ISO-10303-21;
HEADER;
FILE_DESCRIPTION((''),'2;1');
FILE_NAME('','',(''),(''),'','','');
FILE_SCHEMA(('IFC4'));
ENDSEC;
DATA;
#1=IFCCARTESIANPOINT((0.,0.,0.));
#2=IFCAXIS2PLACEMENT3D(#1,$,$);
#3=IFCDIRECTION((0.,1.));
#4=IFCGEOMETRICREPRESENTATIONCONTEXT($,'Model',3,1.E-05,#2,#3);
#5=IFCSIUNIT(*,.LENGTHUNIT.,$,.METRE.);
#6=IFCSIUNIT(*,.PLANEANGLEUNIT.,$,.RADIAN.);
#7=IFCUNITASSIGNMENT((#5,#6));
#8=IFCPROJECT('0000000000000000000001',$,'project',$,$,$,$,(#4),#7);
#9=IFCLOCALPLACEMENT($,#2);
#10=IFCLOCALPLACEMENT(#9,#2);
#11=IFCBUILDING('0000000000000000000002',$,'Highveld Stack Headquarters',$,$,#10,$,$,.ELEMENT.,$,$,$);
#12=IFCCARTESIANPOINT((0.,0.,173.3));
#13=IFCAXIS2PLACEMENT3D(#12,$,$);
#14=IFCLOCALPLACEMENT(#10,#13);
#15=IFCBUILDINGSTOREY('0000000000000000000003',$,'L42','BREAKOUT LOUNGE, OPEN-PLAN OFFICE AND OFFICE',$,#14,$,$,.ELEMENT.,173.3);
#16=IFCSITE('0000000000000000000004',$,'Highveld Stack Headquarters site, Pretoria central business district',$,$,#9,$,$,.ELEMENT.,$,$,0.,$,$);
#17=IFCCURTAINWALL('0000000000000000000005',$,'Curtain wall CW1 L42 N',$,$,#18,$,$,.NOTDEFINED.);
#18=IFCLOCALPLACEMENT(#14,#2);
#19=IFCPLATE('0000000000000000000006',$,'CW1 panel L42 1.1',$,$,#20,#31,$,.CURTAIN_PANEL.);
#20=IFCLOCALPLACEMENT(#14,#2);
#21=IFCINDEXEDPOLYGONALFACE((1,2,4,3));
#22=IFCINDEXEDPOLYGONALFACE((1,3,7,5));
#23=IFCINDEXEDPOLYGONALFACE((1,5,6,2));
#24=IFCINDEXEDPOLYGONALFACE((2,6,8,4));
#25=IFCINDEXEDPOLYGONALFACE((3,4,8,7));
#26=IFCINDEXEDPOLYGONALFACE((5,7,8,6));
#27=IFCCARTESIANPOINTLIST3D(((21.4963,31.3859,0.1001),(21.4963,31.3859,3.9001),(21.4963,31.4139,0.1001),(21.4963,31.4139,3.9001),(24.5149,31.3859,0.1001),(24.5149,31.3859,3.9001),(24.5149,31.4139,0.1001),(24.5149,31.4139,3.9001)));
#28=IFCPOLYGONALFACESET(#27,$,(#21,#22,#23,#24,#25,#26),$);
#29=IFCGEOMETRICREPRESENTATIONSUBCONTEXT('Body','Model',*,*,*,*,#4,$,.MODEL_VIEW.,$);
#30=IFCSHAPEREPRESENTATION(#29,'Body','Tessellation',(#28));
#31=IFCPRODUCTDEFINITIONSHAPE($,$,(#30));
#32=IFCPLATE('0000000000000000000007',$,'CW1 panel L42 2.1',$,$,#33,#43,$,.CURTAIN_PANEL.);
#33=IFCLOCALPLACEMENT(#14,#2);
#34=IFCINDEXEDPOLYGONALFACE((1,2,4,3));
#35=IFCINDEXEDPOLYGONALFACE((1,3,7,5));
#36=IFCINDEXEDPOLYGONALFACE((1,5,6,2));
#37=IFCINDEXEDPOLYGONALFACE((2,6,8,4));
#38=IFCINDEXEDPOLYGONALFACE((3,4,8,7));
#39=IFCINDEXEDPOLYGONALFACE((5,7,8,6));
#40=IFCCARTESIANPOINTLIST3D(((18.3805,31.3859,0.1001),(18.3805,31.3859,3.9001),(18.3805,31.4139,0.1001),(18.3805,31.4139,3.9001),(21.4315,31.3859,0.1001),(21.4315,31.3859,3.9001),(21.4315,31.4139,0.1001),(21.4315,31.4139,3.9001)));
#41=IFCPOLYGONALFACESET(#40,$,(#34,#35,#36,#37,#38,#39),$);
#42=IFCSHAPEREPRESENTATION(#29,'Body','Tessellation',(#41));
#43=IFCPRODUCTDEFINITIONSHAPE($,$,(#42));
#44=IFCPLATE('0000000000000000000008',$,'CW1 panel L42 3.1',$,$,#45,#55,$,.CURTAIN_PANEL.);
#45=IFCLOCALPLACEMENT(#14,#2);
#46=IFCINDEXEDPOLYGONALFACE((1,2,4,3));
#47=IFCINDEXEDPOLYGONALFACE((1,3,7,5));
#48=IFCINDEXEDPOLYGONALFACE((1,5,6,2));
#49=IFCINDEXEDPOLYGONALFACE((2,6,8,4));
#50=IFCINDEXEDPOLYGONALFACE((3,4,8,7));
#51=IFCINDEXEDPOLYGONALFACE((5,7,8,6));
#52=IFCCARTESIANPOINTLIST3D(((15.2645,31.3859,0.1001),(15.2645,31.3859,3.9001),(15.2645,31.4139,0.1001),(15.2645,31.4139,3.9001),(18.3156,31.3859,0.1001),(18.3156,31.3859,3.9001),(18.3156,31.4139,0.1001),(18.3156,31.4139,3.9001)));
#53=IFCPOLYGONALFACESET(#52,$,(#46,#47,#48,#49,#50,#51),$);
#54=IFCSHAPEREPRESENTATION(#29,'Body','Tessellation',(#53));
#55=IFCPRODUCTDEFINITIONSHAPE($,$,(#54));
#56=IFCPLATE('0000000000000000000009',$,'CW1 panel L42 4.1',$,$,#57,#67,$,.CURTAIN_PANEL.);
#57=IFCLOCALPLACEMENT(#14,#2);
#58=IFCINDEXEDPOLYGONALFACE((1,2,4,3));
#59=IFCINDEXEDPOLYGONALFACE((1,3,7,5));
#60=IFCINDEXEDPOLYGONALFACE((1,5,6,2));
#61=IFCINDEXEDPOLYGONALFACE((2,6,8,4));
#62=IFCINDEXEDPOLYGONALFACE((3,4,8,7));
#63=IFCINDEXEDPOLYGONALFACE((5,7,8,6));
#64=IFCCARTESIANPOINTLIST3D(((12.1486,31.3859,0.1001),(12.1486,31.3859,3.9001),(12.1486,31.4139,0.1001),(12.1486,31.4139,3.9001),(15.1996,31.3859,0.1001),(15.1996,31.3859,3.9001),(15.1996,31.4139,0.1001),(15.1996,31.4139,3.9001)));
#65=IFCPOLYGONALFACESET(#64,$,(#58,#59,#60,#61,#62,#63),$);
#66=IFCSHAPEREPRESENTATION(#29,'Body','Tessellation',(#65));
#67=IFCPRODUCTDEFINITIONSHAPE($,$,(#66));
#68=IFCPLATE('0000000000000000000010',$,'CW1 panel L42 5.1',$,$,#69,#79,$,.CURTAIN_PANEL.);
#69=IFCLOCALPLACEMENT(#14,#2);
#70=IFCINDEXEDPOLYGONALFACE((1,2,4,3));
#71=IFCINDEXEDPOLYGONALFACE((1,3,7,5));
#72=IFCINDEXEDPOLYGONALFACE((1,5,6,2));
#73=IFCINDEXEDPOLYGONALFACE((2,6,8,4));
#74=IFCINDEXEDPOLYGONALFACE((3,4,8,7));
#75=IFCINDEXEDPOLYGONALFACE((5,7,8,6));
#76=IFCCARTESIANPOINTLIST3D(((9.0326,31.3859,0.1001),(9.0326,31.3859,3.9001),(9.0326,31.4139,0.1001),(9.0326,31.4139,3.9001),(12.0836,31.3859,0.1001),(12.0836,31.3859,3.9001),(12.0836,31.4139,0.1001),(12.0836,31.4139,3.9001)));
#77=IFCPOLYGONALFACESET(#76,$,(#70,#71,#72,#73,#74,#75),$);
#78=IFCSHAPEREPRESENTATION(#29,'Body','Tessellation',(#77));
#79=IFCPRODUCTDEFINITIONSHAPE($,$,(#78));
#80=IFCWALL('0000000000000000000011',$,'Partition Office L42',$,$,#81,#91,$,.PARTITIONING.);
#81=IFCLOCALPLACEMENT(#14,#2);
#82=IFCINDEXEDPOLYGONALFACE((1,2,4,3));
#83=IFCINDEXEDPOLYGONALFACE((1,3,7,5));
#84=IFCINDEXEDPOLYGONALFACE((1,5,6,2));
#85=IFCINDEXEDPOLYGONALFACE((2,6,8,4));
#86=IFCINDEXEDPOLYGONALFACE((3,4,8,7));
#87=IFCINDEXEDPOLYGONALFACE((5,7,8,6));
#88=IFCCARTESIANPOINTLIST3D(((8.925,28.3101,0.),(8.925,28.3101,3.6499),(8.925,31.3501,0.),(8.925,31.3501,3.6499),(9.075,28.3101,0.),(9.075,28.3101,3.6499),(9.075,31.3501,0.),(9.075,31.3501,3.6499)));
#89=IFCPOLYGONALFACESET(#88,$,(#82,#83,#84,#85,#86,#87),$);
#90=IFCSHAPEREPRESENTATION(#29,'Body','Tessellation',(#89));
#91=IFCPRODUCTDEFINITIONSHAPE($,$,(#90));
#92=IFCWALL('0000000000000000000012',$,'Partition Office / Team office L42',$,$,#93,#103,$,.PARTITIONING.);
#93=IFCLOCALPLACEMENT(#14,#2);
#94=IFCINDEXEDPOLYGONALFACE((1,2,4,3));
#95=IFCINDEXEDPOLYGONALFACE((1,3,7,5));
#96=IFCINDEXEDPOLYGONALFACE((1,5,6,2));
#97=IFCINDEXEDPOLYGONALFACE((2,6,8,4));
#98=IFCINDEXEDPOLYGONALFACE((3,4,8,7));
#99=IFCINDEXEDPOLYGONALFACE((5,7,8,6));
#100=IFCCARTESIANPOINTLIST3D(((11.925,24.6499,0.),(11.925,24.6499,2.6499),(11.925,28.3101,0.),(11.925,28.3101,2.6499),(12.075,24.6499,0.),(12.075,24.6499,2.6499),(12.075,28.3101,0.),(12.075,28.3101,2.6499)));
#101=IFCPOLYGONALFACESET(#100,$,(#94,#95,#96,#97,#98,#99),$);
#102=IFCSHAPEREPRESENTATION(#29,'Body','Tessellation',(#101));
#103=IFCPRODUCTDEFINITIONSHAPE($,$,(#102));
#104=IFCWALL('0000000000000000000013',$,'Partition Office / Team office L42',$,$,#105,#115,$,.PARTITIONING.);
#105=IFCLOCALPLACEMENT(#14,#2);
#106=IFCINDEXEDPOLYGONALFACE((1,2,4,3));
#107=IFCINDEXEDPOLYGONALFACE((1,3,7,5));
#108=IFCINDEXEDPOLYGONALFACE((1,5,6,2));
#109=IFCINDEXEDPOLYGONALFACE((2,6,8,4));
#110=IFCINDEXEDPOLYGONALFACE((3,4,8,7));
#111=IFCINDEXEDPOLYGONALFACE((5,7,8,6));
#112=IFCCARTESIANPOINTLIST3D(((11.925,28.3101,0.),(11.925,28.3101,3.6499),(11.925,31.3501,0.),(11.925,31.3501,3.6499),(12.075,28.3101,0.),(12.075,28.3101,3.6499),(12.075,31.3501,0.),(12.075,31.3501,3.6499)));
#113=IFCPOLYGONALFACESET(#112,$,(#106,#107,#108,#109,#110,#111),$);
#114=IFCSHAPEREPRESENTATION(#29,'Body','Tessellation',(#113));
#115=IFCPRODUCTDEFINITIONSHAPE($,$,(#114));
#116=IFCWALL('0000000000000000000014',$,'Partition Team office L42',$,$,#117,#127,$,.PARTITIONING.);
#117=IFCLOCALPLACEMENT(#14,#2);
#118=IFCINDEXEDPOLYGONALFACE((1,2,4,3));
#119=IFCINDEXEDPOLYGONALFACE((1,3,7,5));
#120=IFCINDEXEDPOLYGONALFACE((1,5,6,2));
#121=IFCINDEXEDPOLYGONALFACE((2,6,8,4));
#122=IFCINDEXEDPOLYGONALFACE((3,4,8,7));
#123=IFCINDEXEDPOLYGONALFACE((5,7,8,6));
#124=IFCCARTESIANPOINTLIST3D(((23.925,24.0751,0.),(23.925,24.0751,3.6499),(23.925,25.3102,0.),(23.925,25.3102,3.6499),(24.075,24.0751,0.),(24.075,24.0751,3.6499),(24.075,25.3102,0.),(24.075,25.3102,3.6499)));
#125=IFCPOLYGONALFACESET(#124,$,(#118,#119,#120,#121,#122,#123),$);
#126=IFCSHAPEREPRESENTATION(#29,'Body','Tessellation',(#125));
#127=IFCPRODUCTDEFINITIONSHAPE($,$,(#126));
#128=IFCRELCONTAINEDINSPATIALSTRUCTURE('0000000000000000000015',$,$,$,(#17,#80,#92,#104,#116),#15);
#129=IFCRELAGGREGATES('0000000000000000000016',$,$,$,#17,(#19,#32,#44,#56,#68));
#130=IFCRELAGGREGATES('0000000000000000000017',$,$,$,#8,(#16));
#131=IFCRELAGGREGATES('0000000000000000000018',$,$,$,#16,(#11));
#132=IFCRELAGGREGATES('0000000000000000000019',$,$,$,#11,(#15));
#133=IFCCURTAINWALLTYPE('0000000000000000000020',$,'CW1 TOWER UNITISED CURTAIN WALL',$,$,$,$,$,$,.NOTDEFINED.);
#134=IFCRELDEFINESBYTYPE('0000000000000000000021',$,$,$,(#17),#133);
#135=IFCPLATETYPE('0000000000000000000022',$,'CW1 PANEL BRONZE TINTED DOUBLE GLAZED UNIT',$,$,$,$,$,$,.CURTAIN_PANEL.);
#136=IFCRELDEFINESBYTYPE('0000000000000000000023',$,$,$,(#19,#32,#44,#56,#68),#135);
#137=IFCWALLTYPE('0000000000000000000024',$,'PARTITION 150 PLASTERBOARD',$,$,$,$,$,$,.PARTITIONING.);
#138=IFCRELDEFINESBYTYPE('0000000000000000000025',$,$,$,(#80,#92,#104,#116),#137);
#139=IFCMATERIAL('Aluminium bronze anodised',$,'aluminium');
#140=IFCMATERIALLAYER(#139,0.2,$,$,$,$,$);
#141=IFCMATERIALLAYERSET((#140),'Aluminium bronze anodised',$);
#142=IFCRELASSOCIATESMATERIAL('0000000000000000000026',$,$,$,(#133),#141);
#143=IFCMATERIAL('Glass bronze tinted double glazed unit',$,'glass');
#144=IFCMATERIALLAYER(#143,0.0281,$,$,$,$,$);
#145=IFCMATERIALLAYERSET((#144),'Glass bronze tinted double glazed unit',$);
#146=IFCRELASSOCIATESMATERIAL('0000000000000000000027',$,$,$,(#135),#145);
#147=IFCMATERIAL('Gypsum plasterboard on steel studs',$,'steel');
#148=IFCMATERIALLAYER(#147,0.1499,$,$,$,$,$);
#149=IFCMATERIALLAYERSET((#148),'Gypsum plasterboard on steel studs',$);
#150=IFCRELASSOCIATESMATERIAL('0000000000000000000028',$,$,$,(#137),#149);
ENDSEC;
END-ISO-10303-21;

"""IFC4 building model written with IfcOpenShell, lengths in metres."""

from ifc_helpers import new_model, si_unit, direction, frame, frame_2d, origin, origin_2d, place, context, subcontext, project, spatial, rectangle, extrude, material, layer, layer_set, type_object, element, aggregate, save


model = new_model("IFC4")

# Units and contexts
model_context = context("Model", 3, precision=1e-05, world=origin(), true_north=direction((0.0, 1.0)))
body_context = subcontext(model_context, "Body", "Model", "MODEL_VIEW")
ifc_project = project(units=[si_unit("LENGTHUNIT", "METRE"), si_unit("PLANEANGLEUNIT", "RADIAN")], contexts=[model_context])

# Site, building, storey
site_placement = place(None, origin())
site = spatial("IfcSite", under=ifc_project, at=site_placement, Name="Highveld Stack Headquarters site, Pretoria central business district", CompositionType="ELEMENT", RefElevation=0.0)
building_placement = place(site_placement, origin())
building = spatial("IfcBuilding", under=site, at=building_placement, Name="Highveld Stack Headquarters", CompositionType="ELEMENT")
storey_placement = place(building_placement, frame((0.0, 0.0, 173.3)))
storey = spatial("IfcBuildingStorey", under=building, at=storey_placement, Name="L42", Description="BREAKOUT LOUNGE, OPEN-PLAN OFFICE AND OFFICE", CompositionType="ELEMENT", Elevation=173.3)

# Curtain wall
ifc_material_1 = material(Name="Aluminium bronze anodised", Category="aluminium")
ifc_layer_1 = layer(ifc_material_1, 0.2)
ifc_layer_set_1 = layer_set([ifc_layer_1], Name="Aluminium bronze anodised")
curtain_wall_type = type_object("IfcCurtainWallType", Name="CW1 TOWER UNITISED CURTAIN WALL", PredefinedType="NOTDEFINED", material=ifc_layer_set_1)
curtain_wall_placement = place(storey_placement, origin())
curtain_wall = element("IfcCurtainWall", 1, at=curtain_wall_placement, inside=storey, type_object=curtain_wall_type, Name="Curtain wall CW1 L42 N", PredefinedType="NOTDEFINED")

# Plates
ifc_material_2 = material(Name="Glass bronze tinted double glazed unit", Category="glass")
ifc_layer_2 = layer(ifc_material_2, 0.0281)
ifc_layer_set_2 = layer_set([ifc_layer_2], Name="Glass bronze tinted double glazed unit")
plate_type = type_object("IfcPlateType", Name="CW1 PANEL BRONZE TINTED DOUBLE GLAZED UNIT", PredefinedType="CURTAIN_PANEL", material=ifc_layer_set_2)
plate_1_placement = place(storey_placement, frame((23.0056, 31.3999, 0.1001), z_axis=(0.0, 0.0, 1.0), x_axis=(-1.0, 0.0, 0.0)))
plate_1 = element("IfcPlate", 2, at=plate_1_placement, type_object=plate_type, Name="CW1 panel L42 1.1", PredefinedType="CURTAIN_PANEL", context=body_context, shape_type="SweptSolid", body=[
    extrude(rectangle(XDim=3.0186, YDim=0.0281, at=origin_2d()), origin(), (0.0, 0.0, 1.0), 3.8),
])
plate_2_placement = place(storey_placement, frame((19.906, 31.3999, 0.1001), z_axis=(0.0, 0.0, 1.0), x_axis=(-1.0, 0.0, 0.0)))
plate_2 = element("IfcPlate", 3, at=plate_2_placement, type_object=plate_type, Name="CW1 panel L42 2.1", PredefinedType="CURTAIN_PANEL", context=body_context, shape_type="SweptSolid", body=[
    extrude(rectangle(XDim=3.051, YDim=0.0281, at=origin_2d()), origin(), (0.0, 0.0, 1.0), 3.8),
])
plate_3_placement = place(storey_placement, frame((16.79, 31.3999, 0.1001), z_axis=(0.0, 0.0, 1.0), x_axis=(-1.0, 0.0, 0.0)))
plate_3 = element("IfcPlate", 4, at=plate_3_placement, type_object=plate_type, Name="CW1 panel L42 3.1", PredefinedType="CURTAIN_PANEL", context=body_context, shape_type="SweptSolid", body=[
    extrude(rectangle(XDim=3.051, YDim=0.0281, at=origin_2d()), origin(), (0.0, 0.0, 1.0), 3.8),
])
plate_4_placement = place(storey_placement, frame((13.6741, 31.3999, 0.1001), z_axis=(0.0, 0.0, 1.0), x_axis=(-1.0, 0.0, 0.0)))
plate_4 = element("IfcPlate", 5, at=plate_4_placement, type_object=plate_type, Name="CW1 panel L42 4.1", PredefinedType="CURTAIN_PANEL", context=body_context, shape_type="SweptSolid", body=[
    extrude(rectangle(XDim=3.051, YDim=0.0281, at=origin_2d()), origin(), (0.0, 0.0, 1.0), 3.8),
])
plate_5_placement = place(storey_placement, frame((10.5581, 31.3999, 0.1001), z_axis=(0.0, 0.0, 1.0), x_axis=(-1.0, 0.0, 0.0)))
plate_5 = element("IfcPlate", 6, at=plate_5_placement, type_object=plate_type, Name="CW1 panel L42 5.1", PredefinedType="CURTAIN_PANEL", context=body_context, shape_type="SweptSolid", body=[
    extrude(rectangle(XDim=3.051, YDim=0.0281, at=origin_2d()), origin(), (0.0, 0.0, 1.0), 3.8),
])
aggregate(curtain_wall, [plate_1, plate_2, plate_3, plate_4, plate_5])

# Walls
ifc_material_3 = material(Name="Gypsum plasterboard on steel studs", Category="steel")
ifc_layer_3 = layer(ifc_material_3, 0.1499)
ifc_layer_set_3 = layer_set([ifc_layer_3], Name="Gypsum plasterboard on steel studs")
wall_type = type_object("IfcWallType", Name="PARTITION 150 PLASTERBOARD", PredefinedType="PARTITIONING", material=ifc_layer_set_3)
wall_1_placement = place(storey_placement, frame((9.0, 28.3101, 0.0), z_axis=(0.0, 0.0, 1.0), x_axis=(0.0, 1.0, 0.0)))
element("IfcWall", 7, at=wall_1_placement, inside=storey, type_object=wall_type, Name="Partition Office L42", PredefinedType="PARTITIONING", context=body_context, shape_type="SweptSolid", body=[
    extrude(rectangle(XDim=3.04, YDim=0.1499, at=frame_2d((1.52, 0.0))), origin(), (0.0, 0.0, 1.0), 3.6499),
])
wall_2_placement = place(storey_placement, frame((12.0, 24.6499, 0.0), z_axis=(0.0, 0.0, 1.0), x_axis=(0.0, 1.0, 0.0)))
element("IfcWall", 8, at=wall_2_placement, inside=storey, type_object=wall_type, Name="Partition Office / Team office L42", PredefinedType="PARTITIONING", context=body_context, shape_type="SweptSolid", body=[
    extrude(rectangle(XDim=3.6602, YDim=0.1499, at=frame_2d((1.8301, 0.0))), origin(), (0.0, 0.0, 1.0), 2.6499),
])
wall_3_placement = place(storey_placement, frame((12.0, 28.3101, 0.0), z_axis=(0.0, 0.0, 1.0), x_axis=(0.0, 1.0, 0.0)))
element("IfcWall", 9, at=wall_3_placement, inside=storey, type_object=wall_type, Name="Partition Office / Team office L42", PredefinedType="PARTITIONING", context=body_context, shape_type="SweptSolid", body=[
    extrude(rectangle(XDim=3.04, YDim=0.1499, at=frame_2d((1.52, 0.0))), origin(), (0.0, 0.0, 1.0), 3.6499),
])
wall_4_placement = place(storey_placement, frame((24.0, 24.075, 0.0), z_axis=(0.0, 0.0, 1.0), x_axis=(0.0, 1.0, 0.0)))
element("IfcWall", 10, at=wall_4_placement, inside=storey, type_object=wall_type, Name="Partition Team office L42", PredefinedType="PARTITIONING", context=body_context, shape_type="SweptSolid", body=[
    extrude(rectangle(XDim=1.2351, YDim=0.1499, at=frame_2d((0.6177, 0.0))), origin(), (0.0, 0.0, 1.0), 3.6499),
])

save(model, "model.ifc")
